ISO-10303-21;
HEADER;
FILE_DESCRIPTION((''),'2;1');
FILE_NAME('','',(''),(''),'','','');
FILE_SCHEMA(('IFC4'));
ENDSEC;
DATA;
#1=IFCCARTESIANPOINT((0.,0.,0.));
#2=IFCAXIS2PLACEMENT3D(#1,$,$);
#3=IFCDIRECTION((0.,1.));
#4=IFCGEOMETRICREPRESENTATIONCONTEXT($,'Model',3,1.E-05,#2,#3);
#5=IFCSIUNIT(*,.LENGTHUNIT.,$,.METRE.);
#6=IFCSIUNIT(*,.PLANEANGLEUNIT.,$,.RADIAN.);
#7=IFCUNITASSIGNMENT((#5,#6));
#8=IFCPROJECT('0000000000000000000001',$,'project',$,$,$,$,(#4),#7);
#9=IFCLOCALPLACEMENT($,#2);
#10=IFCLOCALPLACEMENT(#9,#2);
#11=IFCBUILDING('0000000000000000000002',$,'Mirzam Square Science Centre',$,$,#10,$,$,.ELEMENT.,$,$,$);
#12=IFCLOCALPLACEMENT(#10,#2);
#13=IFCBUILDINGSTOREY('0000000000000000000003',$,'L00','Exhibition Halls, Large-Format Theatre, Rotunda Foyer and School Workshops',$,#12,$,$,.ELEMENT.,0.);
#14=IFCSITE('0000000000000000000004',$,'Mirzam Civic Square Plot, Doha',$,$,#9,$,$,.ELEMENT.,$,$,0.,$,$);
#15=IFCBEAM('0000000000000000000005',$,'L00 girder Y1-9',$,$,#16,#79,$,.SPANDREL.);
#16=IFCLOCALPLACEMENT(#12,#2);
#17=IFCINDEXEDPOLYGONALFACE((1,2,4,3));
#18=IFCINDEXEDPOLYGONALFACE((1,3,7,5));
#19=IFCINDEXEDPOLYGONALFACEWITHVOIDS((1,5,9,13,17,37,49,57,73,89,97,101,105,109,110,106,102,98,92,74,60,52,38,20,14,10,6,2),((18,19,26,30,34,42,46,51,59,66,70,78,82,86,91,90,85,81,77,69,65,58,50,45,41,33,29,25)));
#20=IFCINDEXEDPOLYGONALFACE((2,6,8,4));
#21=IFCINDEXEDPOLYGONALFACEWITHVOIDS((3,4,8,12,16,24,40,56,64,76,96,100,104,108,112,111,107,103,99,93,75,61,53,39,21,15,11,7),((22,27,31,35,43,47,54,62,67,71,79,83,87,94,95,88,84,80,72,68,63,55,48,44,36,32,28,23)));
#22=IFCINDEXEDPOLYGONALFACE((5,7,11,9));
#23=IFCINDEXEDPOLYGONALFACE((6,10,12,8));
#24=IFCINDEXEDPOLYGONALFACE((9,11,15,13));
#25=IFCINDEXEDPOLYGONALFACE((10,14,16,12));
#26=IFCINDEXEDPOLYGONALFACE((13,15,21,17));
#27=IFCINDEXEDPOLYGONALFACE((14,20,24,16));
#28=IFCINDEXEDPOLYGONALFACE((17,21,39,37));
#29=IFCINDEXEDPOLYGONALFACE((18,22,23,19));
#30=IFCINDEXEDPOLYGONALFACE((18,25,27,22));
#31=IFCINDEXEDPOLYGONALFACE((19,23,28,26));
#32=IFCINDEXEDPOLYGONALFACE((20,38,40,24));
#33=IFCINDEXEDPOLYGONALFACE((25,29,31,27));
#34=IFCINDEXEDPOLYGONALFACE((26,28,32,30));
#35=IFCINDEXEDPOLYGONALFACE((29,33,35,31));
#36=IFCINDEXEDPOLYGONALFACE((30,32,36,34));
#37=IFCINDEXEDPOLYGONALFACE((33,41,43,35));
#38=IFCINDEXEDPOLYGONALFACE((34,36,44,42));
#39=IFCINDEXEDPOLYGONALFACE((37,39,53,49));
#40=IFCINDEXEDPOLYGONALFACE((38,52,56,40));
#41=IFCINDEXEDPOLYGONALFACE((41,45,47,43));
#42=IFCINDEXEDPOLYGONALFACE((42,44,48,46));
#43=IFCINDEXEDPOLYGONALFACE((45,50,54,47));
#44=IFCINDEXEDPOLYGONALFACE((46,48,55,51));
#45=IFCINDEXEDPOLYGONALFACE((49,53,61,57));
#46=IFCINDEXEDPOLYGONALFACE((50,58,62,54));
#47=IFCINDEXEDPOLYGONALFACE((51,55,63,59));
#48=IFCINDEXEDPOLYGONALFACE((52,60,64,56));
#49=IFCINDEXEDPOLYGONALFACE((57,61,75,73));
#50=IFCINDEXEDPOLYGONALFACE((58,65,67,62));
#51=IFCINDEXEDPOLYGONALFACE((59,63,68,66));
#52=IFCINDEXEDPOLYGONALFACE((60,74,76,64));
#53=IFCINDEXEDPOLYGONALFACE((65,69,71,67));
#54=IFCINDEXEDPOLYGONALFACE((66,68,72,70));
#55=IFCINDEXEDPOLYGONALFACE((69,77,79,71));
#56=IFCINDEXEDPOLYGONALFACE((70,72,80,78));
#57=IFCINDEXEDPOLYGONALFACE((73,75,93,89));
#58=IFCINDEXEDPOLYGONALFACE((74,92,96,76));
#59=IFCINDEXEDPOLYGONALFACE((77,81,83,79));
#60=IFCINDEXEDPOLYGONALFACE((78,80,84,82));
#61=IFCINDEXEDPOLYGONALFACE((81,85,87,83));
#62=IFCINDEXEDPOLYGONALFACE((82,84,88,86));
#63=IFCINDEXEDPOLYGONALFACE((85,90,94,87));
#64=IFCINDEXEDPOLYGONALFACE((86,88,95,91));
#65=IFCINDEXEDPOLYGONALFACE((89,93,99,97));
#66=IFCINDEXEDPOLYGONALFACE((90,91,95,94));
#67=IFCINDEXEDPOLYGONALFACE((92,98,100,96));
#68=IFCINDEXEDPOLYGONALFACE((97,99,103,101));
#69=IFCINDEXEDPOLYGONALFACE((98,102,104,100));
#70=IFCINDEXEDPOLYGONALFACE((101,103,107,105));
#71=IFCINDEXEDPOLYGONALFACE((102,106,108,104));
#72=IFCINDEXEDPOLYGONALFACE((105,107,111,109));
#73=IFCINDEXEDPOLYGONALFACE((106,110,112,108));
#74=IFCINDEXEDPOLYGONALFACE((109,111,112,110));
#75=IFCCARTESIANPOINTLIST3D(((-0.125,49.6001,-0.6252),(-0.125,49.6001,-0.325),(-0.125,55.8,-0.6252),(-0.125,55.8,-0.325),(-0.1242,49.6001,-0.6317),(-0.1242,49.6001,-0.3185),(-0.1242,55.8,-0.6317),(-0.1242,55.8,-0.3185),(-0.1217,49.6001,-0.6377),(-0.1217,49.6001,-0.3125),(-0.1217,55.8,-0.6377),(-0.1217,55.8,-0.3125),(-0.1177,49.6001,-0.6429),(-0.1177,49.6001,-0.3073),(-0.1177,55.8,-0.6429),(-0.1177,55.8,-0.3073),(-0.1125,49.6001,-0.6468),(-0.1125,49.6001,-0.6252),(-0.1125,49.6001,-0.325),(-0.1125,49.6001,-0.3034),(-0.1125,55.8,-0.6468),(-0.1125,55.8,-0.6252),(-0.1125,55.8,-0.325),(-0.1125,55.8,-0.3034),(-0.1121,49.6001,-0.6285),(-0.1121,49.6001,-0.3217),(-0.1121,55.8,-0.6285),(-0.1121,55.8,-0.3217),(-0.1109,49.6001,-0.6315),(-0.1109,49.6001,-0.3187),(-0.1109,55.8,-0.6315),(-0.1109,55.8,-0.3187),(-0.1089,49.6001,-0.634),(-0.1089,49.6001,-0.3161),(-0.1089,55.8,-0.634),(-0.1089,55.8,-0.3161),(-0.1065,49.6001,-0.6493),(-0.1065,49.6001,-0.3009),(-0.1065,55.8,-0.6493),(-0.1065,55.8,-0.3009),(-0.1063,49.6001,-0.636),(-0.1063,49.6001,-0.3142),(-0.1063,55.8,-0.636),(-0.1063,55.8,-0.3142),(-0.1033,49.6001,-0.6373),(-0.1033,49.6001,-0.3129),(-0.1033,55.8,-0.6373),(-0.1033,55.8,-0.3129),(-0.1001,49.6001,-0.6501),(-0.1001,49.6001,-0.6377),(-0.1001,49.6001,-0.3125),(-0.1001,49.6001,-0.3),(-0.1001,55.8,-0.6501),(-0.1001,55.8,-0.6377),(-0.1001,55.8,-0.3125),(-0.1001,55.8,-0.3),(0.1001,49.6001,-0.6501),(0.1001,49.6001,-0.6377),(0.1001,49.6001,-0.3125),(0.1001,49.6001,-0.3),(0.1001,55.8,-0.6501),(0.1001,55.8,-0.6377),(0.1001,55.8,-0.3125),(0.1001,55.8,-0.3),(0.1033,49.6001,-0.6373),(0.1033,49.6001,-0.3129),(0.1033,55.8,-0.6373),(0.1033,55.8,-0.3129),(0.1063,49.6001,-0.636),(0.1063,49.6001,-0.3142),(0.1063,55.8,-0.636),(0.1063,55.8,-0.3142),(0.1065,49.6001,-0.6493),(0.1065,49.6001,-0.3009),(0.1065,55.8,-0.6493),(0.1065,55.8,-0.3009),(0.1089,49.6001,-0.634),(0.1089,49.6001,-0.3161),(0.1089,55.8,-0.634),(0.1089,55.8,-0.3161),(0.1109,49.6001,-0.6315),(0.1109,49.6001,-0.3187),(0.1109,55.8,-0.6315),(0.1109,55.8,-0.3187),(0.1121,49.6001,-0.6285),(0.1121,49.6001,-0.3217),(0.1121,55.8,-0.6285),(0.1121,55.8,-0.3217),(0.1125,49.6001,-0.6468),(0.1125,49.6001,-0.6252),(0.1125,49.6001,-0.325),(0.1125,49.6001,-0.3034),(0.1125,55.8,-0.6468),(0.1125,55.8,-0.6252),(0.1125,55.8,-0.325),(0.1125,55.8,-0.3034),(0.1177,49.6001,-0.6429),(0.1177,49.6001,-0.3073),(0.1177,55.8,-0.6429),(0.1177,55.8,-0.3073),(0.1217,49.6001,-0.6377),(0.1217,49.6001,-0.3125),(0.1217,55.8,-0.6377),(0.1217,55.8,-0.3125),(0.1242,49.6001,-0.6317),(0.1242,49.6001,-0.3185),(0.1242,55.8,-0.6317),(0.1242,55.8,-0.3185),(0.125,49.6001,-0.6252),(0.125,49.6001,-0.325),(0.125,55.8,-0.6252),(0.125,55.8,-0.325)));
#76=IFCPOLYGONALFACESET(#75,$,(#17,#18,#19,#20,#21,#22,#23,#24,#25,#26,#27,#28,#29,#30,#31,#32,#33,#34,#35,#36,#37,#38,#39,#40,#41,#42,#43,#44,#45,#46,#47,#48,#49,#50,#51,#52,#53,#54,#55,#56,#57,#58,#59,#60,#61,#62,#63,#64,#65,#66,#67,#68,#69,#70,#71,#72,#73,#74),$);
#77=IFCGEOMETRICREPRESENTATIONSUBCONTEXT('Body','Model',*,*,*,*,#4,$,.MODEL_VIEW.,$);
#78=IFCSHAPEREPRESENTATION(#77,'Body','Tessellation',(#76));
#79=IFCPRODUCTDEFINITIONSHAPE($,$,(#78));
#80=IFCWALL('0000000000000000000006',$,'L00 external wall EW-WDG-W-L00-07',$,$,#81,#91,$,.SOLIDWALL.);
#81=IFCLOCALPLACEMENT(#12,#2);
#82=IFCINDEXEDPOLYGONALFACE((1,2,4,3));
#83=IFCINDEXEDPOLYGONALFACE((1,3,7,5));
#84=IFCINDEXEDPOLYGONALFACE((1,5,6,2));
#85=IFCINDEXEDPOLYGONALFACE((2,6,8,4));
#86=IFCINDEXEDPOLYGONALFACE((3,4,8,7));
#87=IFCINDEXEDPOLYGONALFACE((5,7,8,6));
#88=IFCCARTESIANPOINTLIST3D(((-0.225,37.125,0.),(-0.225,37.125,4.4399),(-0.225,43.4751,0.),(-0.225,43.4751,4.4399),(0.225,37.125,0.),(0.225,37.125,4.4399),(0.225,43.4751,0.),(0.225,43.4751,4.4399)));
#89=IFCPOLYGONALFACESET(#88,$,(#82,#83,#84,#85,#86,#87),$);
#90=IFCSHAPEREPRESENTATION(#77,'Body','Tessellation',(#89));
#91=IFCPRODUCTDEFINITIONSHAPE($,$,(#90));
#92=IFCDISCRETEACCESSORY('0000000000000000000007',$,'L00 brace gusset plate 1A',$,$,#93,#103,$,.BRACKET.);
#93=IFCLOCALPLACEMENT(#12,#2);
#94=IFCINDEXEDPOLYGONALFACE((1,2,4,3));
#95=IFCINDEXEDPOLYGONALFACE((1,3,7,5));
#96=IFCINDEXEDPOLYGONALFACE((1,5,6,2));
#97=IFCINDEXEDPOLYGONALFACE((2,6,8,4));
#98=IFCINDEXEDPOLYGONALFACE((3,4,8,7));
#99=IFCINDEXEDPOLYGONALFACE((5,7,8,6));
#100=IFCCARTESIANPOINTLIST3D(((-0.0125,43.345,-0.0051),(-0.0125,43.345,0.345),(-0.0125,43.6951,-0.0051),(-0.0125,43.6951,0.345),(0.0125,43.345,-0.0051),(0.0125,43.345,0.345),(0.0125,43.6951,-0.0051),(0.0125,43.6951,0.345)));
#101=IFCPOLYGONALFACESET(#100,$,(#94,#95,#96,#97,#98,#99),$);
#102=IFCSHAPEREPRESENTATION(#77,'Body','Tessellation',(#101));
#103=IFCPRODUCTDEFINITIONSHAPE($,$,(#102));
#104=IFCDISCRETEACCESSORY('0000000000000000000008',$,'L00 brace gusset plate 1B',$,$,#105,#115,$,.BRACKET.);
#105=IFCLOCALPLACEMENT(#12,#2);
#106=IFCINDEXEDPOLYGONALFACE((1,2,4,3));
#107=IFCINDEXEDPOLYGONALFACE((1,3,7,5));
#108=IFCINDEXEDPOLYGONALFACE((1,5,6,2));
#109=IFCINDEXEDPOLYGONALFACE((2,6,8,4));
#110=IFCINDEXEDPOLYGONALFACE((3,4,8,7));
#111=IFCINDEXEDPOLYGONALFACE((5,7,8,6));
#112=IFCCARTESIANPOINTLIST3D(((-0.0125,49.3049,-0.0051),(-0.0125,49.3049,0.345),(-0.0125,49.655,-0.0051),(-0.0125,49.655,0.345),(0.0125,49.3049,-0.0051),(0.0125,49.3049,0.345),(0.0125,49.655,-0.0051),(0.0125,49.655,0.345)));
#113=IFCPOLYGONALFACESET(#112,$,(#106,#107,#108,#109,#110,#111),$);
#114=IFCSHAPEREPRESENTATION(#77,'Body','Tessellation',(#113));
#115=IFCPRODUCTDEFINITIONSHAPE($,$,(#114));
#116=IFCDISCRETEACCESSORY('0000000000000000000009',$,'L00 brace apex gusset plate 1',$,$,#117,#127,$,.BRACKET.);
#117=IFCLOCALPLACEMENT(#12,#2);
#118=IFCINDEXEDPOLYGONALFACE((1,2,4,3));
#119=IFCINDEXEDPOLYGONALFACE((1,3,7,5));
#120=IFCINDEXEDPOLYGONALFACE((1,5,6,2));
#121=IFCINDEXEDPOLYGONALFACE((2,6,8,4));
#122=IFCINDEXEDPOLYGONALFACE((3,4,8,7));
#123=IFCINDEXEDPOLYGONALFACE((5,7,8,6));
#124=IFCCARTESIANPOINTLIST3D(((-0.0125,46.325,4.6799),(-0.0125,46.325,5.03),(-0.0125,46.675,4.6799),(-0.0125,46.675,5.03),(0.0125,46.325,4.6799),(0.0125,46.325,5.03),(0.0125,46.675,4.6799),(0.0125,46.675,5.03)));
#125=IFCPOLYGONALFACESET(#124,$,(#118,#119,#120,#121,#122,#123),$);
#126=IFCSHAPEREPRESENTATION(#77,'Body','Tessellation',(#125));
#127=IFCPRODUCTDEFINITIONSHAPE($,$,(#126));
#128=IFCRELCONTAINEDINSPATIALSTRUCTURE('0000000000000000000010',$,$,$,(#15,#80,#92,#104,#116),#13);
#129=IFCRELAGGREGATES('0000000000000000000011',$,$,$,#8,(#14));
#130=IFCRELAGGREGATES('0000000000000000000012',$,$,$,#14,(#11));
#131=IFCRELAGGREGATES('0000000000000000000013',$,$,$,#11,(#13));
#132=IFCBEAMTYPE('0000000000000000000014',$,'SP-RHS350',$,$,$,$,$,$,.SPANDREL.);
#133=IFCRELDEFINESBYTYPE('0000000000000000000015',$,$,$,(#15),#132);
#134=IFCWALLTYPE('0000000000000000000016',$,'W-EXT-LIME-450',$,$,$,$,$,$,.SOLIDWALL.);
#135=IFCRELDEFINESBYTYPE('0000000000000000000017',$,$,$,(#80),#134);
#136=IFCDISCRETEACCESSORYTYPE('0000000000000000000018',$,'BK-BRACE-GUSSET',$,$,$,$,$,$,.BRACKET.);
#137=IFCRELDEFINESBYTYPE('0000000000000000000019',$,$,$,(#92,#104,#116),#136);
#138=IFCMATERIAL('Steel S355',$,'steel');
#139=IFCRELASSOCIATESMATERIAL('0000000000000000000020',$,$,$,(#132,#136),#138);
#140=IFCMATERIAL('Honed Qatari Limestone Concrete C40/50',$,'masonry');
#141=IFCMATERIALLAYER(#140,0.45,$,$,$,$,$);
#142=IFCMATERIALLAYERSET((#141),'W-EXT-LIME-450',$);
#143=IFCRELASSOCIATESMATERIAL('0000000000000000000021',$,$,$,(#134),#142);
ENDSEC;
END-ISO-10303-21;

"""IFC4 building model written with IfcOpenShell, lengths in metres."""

from ifc_helpers import new_model, si_unit, direction, frame, frame_2d, origin, origin_2d, place, context, subcontext, project, spatial, rectangle, hollow_rectangle, extrude, material, layer, layer_set, material_profile, profile_set, type_object, element, save


model = new_model("IFC4")

# Units and contexts
model_context = context("Model", 3, precision=1e-05, world=origin(), true_north=direction((0.0, 1.0)))
body_context = subcontext(model_context, "Body", "Model", "MODEL_VIEW")
ifc_project = project(units=[si_unit("LENGTHUNIT", "METRE"), si_unit("PLANEANGLEUNIT", "RADIAN")], contexts=[model_context])

# Site, building, storey
site_placement = place(None, origin())
site = spatial("IfcSite", under=ifc_project, at=site_placement, Name="Mirzam Civic Square Plot, Doha", CompositionType="ELEMENT", RefElevation=0.0)
building_placement = place(site_placement, origin())
building = spatial("IfcBuilding", under=site, at=building_placement, Name="Mirzam Square Science Centre", CompositionType="ELEMENT")
storey_placement = place(building_placement, origin())
storey = spatial("IfcBuildingStorey", under=building, at=storey_placement, Name="L00", Description="Exhibition Halls, Large-Format Theatre, Rotunda Foyer and School Workshops", CompositionType="ELEMENT", Elevation=0.0)

# Shared definitions
ifc_material_1 = material(Name="Steel S355", Category="steel")

# Beam
ifc_material_profile_1 = material_profile(ifc_material_1, hollow_rectangle(XDim=0.25, YDim=0.3501, WallThickness=0.0125, InnerFilletRadius=0.0125, OuterFilletRadius=0.0249, at=origin_2d()), Name="350x250x12.5RHS")
ifc_profile_set_1 = profile_set([ifc_material_profile_1], Name="Steel S355")
beam_type_1 = type_object("IfcBeamType", Name="SP-RHS350", PredefinedType="SPANDREL", material=ifc_profile_set_1)
beam_1_placement = place(storey_placement, frame((0.0, 49.6001, -0.4751), z_axis=(0.0, 1.0, 0.0), x_axis=(-1.0, 0.0, 0.0)))
element("IfcBeam", 1, at=beam_1_placement, inside=storey, type_object=beam_type_1, Name="L00 girder Y1-9", PredefinedType="SPANDREL", context=body_context, shape_type="SweptSolid", body=[
    extrude(hollow_rectangle(XDim=0.25, YDim=0.3501, WallThickness=0.0125, InnerFilletRadius=0.0125, OuterFilletRadius=0.0249, at=origin_2d()), origin(), (0.0, 0.0, 1.0), 6.2),
])

# Wall
ifc_material_2 = material(Name="Honed Qatari Limestone Concrete C40/50", Category="masonry")
ifc_layer_1 = layer(ifc_material_2, 0.45)
ifc_layer_set_1 = layer_set([ifc_layer_1], Name="W-EXT-LIME-450")
wall_type = type_object("IfcWallType", Name="W-EXT-LIME-450", PredefinedType="SOLIDWALL", material=ifc_layer_set_1)
wall_placement = place(storey_placement, frame((0.0, 43.4751, 0.0), z_axis=(0.0, 0.0, 1.0), x_axis=(0.0, -1.0, 0.0)))
element("IfcWall", 2, at=wall_placement, inside=storey, type_object=wall_type, Name="L00 external wall EW-WDG-W-L00-07", PredefinedType="SOLIDWALL", context=body_context, shape_type="SweptSolid", body=[
    extrude(rectangle(XDim=6.3501, YDim=0.45, at=frame_2d((3.175, 0.0))), origin(), (0.0, 0.0, 1.0), 4.4399),
])

# Discrete accessories
discrete_accessory_type = type_object("IfcDiscreteAccessoryType", Name="BK-BRACE-GUSSET", PredefinedType="BRACKET", material=ifc_material_1)
for number, where, z_axis, x_axis, name in (
    (3, (0.0, 43.52, -0.0051), (0.0, 0.0, 1.0), (0.0, 1.0, 0.0), "L00 brace gusset plate 1A"),
    (4, (0.0, 49.48, -0.0051), (0.0, 0.0, 1.0), (0.0, 1.0, 0.0), "L00 brace gusset plate 1B"),
    (5, (0.0, 46.5, 4.6799), (0.0, 0.0, 1.0), (0.0, 1.0, 0.0), "L00 brace apex gusset plate 1"),
):
    element("IfcDiscreteAccessory", number, at=place(storey_placement, frame(where, z_axis=z_axis, x_axis=x_axis)), inside=storey, type_object=discrete_accessory_type, Name=name, PredefinedType="BRACKET", context=body_context, shape_type="SweptSolid", body=[
        extrude(rectangle(XDim=0.3501, YDim=0.0249, at=origin_2d()), origin(), (0.0, 0.0, 1.0), 0.3501),
    ])

save(model, "model.ifc")
